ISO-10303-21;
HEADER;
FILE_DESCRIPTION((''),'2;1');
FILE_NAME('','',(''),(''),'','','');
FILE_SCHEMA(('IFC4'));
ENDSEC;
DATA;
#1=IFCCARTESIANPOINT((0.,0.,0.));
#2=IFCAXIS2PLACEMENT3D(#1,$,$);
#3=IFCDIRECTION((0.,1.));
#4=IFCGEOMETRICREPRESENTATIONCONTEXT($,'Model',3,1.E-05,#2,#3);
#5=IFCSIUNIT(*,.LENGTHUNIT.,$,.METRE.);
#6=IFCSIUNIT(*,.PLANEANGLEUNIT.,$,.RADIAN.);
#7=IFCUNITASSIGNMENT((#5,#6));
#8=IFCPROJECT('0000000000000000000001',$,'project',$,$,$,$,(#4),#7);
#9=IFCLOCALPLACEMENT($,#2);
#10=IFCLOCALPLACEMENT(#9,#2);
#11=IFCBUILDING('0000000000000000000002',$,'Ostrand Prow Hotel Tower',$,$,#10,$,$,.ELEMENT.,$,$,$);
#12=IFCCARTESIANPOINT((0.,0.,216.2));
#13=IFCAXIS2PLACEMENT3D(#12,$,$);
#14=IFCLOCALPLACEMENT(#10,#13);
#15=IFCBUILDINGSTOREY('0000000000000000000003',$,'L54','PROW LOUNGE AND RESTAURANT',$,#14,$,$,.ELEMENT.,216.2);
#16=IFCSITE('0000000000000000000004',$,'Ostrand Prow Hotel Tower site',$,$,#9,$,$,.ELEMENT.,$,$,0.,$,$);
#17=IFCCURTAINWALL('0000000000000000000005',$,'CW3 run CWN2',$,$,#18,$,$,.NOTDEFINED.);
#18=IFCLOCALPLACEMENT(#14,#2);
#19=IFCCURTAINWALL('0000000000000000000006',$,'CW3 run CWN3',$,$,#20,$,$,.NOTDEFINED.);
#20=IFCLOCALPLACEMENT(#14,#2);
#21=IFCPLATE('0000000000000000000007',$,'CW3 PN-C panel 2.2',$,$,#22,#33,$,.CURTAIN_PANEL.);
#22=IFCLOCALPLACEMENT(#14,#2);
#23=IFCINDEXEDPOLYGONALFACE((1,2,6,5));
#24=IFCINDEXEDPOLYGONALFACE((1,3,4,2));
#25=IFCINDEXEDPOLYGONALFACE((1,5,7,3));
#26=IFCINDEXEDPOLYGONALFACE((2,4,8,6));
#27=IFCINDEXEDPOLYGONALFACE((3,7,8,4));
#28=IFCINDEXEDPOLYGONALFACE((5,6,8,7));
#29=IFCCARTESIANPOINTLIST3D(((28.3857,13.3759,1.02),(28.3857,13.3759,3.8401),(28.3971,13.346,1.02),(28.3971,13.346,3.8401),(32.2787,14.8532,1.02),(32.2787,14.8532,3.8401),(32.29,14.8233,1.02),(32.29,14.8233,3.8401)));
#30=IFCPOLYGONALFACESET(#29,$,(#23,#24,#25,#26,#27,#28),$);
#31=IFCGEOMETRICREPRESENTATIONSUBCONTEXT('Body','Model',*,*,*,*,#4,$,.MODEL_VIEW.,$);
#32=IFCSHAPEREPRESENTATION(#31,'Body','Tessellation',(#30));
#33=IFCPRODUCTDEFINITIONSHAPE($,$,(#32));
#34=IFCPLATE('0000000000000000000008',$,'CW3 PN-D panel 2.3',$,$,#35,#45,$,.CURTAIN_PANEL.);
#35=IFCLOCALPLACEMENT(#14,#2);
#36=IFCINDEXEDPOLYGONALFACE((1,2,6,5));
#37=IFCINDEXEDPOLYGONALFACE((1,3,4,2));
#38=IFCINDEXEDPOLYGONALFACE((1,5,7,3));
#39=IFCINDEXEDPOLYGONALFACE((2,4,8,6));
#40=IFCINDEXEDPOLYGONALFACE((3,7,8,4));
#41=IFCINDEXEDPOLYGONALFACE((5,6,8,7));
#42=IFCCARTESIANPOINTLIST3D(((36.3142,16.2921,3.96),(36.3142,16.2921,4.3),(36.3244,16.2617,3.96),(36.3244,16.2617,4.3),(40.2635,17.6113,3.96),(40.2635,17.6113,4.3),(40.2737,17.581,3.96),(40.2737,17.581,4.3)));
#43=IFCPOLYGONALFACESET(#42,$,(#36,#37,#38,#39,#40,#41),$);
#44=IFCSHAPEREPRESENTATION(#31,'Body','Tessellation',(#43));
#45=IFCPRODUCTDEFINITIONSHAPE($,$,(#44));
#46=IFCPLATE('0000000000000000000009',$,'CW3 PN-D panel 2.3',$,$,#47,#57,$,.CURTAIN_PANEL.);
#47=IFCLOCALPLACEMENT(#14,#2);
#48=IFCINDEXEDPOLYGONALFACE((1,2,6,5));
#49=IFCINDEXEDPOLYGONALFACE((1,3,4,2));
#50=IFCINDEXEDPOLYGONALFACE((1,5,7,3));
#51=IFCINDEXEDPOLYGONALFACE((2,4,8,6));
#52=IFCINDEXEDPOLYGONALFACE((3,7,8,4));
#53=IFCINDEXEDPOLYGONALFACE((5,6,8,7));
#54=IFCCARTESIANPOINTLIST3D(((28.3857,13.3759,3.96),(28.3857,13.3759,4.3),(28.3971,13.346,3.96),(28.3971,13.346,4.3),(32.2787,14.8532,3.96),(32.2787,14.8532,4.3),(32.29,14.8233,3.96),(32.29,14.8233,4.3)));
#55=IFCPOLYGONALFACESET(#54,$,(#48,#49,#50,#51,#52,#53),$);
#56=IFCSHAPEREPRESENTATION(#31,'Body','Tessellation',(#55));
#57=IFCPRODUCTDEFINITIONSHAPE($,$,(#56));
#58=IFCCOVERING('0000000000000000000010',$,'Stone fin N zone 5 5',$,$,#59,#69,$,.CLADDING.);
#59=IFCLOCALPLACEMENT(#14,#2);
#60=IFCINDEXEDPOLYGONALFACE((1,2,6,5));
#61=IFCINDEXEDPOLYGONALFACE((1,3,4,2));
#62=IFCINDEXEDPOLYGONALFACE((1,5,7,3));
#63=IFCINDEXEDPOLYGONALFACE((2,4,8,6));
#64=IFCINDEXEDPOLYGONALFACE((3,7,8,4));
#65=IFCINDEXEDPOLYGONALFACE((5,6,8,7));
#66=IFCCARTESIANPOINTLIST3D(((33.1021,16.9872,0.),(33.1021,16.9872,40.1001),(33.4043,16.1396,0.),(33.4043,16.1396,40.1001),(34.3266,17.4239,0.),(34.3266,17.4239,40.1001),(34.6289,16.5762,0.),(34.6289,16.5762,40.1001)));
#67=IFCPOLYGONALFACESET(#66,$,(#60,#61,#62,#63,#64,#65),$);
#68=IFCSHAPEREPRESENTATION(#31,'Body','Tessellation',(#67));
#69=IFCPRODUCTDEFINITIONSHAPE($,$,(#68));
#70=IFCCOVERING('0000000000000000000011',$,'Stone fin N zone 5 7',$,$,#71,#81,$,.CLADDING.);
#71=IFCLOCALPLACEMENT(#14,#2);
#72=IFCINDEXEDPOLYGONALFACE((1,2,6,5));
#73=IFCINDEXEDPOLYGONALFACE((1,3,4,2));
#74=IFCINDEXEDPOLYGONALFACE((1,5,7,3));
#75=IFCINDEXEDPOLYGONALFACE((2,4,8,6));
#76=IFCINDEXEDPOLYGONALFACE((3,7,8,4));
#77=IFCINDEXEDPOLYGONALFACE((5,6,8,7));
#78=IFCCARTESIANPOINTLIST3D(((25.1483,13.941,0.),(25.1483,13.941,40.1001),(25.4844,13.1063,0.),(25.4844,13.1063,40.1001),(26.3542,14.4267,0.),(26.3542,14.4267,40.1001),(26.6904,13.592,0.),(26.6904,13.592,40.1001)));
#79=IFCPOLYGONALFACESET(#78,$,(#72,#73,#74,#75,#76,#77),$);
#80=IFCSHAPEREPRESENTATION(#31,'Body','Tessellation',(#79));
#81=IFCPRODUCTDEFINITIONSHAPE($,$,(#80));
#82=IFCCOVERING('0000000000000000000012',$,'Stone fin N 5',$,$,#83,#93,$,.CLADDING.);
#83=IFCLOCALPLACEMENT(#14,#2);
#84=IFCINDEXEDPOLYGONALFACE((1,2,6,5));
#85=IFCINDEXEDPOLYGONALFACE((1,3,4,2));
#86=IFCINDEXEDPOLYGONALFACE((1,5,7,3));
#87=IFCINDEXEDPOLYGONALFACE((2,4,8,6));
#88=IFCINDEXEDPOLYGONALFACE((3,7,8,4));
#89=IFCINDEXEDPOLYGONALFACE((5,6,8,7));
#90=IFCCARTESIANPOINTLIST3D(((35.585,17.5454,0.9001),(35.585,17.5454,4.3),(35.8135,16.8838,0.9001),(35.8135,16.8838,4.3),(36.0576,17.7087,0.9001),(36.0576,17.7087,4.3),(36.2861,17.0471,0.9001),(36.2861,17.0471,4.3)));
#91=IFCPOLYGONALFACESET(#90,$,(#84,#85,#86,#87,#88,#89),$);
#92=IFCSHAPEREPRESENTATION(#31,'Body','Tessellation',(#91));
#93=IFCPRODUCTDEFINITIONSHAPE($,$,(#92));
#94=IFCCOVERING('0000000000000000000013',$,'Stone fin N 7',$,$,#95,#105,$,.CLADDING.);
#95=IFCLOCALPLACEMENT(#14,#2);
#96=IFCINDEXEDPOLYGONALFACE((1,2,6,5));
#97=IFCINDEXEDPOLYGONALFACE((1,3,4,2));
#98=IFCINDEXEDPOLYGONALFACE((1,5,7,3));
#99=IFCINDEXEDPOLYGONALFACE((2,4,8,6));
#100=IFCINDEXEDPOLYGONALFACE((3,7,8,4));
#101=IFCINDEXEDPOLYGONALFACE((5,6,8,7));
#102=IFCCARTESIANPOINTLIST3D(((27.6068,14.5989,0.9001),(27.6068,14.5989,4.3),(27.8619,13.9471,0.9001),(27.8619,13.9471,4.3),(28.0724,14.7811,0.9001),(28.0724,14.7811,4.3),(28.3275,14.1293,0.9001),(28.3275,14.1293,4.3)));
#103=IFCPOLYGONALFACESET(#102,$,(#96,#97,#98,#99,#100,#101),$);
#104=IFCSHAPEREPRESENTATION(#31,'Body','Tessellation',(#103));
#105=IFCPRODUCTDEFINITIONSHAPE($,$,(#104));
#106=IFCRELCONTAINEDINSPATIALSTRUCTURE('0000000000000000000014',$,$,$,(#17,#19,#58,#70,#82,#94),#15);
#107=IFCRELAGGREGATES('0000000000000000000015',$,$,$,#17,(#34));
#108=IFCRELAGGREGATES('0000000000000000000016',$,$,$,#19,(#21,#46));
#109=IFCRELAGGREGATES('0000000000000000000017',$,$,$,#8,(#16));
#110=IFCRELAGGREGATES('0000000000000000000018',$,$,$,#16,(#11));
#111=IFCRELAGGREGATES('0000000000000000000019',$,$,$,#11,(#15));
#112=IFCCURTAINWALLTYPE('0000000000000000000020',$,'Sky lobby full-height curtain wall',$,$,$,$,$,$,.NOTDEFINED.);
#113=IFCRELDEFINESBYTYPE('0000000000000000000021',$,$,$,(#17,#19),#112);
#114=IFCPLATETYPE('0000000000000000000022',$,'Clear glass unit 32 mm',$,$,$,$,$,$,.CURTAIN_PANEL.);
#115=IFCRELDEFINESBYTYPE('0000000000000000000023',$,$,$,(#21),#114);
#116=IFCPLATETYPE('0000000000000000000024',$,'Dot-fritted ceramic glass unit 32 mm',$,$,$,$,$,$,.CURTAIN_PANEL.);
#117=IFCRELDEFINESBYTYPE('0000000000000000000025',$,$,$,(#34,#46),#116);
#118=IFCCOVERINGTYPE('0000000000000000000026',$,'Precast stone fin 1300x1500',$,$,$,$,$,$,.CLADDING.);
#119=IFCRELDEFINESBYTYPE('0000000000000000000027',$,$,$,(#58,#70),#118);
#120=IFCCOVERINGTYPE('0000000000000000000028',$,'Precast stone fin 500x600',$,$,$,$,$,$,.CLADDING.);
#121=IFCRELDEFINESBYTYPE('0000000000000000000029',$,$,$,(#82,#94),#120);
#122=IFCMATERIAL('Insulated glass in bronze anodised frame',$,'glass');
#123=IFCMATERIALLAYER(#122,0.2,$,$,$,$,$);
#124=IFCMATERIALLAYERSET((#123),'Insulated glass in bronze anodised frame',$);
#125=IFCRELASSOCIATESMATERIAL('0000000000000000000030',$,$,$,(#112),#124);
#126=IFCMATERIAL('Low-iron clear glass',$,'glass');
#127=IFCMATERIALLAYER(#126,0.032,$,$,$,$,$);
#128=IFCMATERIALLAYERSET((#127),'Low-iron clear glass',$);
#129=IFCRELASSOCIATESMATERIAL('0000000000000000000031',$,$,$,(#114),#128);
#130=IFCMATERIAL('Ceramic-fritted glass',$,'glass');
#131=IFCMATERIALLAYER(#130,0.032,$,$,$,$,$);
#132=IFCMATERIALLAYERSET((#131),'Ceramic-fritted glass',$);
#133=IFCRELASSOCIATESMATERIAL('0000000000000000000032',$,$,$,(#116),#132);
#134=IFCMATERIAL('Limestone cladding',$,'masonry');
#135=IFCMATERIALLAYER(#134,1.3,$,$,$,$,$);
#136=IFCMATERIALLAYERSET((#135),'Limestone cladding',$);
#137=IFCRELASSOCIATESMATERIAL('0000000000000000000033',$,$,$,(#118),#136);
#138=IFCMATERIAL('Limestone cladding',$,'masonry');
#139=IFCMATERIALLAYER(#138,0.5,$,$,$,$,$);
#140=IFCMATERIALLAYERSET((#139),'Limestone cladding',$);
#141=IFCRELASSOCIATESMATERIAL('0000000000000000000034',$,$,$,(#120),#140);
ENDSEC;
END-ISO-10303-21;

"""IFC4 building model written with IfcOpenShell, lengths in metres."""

from ifc_helpers import new_model, si_unit, direction, frame, frame_2d, origin, origin_2d, place, context, subcontext, project, spatial, rectangle, extrude, material, layer, layer_set, type_object, element, aggregate, save


model = new_model("IFC4")

# Units and contexts
model_context = context("Model", 3, precision=1e-05, world=origin(), true_north=direction((0.0, 1.0)))
body_context = subcontext(model_context, "Body", "Model", "MODEL_VIEW")
ifc_project = project(units=[si_unit("LENGTHUNIT", "METRE"), si_unit("PLANEANGLEUNIT", "RADIAN")], contexts=[model_context])

# Site, building, storey
site_placement = place(None, origin())
site = spatial("IfcSite", under=ifc_project, at=site_placement, Name="Ostrand Prow Hotel Tower site", CompositionType="ELEMENT", RefElevation=0.0)
building_placement = place(site_placement, origin())
building = spatial("IfcBuilding", under=site, at=building_placement, Name="Ostrand Prow Hotel Tower", CompositionType="ELEMENT")
storey_placement = place(building_placement, frame((0.0, 0.0, 216.2)))
storey = spatial("IfcBuildingStorey", under=building, at=storey_placement, Name="L54", Description="PROW LOUNGE AND RESTAURANT", CompositionType="ELEMENT", Elevation=216.2)

# Curtain walls
ifc_material_1 = material(Name="Insulated glass in bronze anodised frame", Category="glass")
ifc_layer_1 = layer(ifc_material_1, 0.2)
ifc_layer_set_1 = layer_set([ifc_layer_1], Name="Insulated glass in bronze anodised frame")
curtain_wall_type = type_object("IfcCurtainWallType", Name="Sky lobby full-height curtain wall", PredefinedType="NOTDEFINED", material=ifc_layer_set_1)
curtain_wall_1_placement = place(storey_placement, origin())
curtain_wall_1 = element("IfcCurtainWall", 1, at=curtain_wall_1_placement, inside=storey, type_object=curtain_wall_type, Name="CW3 run CWN2", PredefinedType="NOTDEFINED")
curtain_wall_2_placement = place(storey_placement, origin())
curtain_wall_2 = element("IfcCurtainWall", 2, at=curtain_wall_2_placement, inside=storey, type_object=curtain_wall_type, Name="CW3 run CWN3", PredefinedType="NOTDEFINED")

# Plates
ifc_material_2 = material(Name="Low-iron clear glass", Category="glass")
ifc_layer_2 = layer(ifc_material_2, 0.032)
ifc_layer_set_2 = layer_set([ifc_layer_2], Name="Low-iron clear glass")
plate_type_1 = type_object("IfcPlateType", Name="Clear glass unit 32 mm", PredefinedType="CURTAIN_PANEL", material=ifc_layer_set_2)
plate_1_placement = place(storey_placement, frame((30.3379, 14.0996, 1.02), z_axis=(0.0, 0.0, 1.0), x_axis=(-0.934951, -0.354777, 0.0)))
plate_1 = element("IfcPlate", 3, at=plate_1_placement, type_object=plate_type_1, Name="CW3 PN-C panel 2.2", PredefinedType="CURTAIN_PANEL", context=body_context, shape_type="SweptSolid", body=[
    extrude(rectangle(XDim=4.1638, YDim=0.032, at=origin_2d()), origin(), (0.0, 0.0, 1.0), 2.8201),
])
ifc_material_3 = material(Name="Ceramic-fritted glass", Category="glass")
ifc_layer_3 = layer(ifc_material_3, 0.032)
ifc_layer_set_3 = layer_set([ifc_layer_3], Name="Ceramic-fritted glass")
plate_type_2 = type_object("IfcPlateType", Name="Dot-fritted ceramic glass unit 32 mm", PredefinedType="CURTAIN_PANEL", material=ifc_layer_set_3)
plate_2_placement = place(storey_placement, frame((38.2939, 16.9365, 3.96), z_axis=(0.0, 0.0, 1.0), x_axis=(-0.948479, -0.316841, 0.0)))
plate_2 = element("IfcPlate", 4, at=plate_2_placement, type_object=plate_type_2, Name="CW3 PN-D panel 2.3", PredefinedType="CURTAIN_PANEL", context=body_context, shape_type="SweptSolid", body=[
    extrude(rectangle(XDim=4.1638, YDim=0.032, at=origin_2d()), origin(), (0.0, 0.0, 1.0), 0.3401),
])
aggregate(curtain_wall_1, [plate_2])
plate_3_placement = place(storey_placement, frame((30.3379, 14.0996, 3.96), z_axis=(0.0, 0.0, 1.0), x_axis=(-0.934951, -0.354777, 0.0)))
plate_3 = element("IfcPlate", 5, at=plate_3_placement, type_object=plate_type_2, Name="CW3 PN-D panel 2.3", PredefinedType="CURTAIN_PANEL", context=body_context, shape_type="SweptSolid", body=[
    extrude(rectangle(XDim=4.1638, YDim=0.032, at=origin_2d()), origin(), (0.0, 0.0, 1.0), 0.3401),
])
aggregate(curtain_wall_2, [plate_1, plate_3])

# Coverings
ifc_material_4 = material(Name="Limestone cladding", Category="masonry")
ifc_layer_4 = layer(ifc_material_4, 1.3)
ifc_layer_set_4 = layer_set([ifc_layer_4], Name="Limestone cladding")
covering_type_1 = type_object("IfcCoveringType", Name="Precast stone fin 1300x1500", PredefinedType="CLADDING", material=ifc_layer_set_4)
for number, where, z_axis, x_axis, name in (
    (6, (34.0166, 16.3579, 0.0), (0.0, 0.0, 1.0), (-0.335855, 0.941914, 0.0), "Stone fin N zone 5 5"),
    (7, (26.0874, 13.3491, 0.0), (0.0, 0.0, 1.0), (-0.373588, 0.927595, 0.0), "Stone fin N zone 5 7"),
):
    element("IfcCovering", number, at=place(storey_placement, frame(where, z_axis=z_axis, x_axis=x_axis)), inside=storey, type_object=covering_type_1, Name=name, PredefinedType="CLADDING", context=body_context, shape_type="SweptSolid", body=[
        extrude(rectangle(XDim=0.8999, YDim=1.3, at=frame_2d((0.45, 0.0))), origin(), (0.0, 0.0, 1.0), 40.1001),
    ])
ifc_material_5 = material(Name="Limestone cladding", Category="masonry")
ifc_layer_5 = layer(ifc_material_5, 0.5)
ifc_layer_set_5 = layer_set([ifc_layer_5], Name="Limestone cladding")
covering_type_2 = type_object("IfcCoveringType", Name="Precast stone fin 500x600", PredefinedType="CLADDING", material=ifc_layer_set_5)
for number, where, z_axis, x_axis, name in (
    (8, (36.0498, 16.9653, 0.9001), (0.0, 0.0, 1.0), (-0.326464, 0.94521, 0.0), "Stone fin N 5"),
    (9, (28.0947, 14.0381, 0.9001), (0.0, 0.0, 1.0), (-0.364465, 0.931217, 0.0), "Stone fin N 7"),
):
    element("IfcCovering", number, at=place(storey_placement, frame(where, z_axis=z_axis, x_axis=x_axis)), inside=storey, type_object=covering_type_2, Name=name, PredefinedType="CLADDING", context=body_context, shape_type="SweptSolid", body=[
        extrude(rectangle(XDim=0.7, YDim=0.5, at=frame_2d((0.3501, 0.0))), origin(), (0.0, 0.0, 1.0), 3.3999),
    ])

save(model, "model.ifc")
